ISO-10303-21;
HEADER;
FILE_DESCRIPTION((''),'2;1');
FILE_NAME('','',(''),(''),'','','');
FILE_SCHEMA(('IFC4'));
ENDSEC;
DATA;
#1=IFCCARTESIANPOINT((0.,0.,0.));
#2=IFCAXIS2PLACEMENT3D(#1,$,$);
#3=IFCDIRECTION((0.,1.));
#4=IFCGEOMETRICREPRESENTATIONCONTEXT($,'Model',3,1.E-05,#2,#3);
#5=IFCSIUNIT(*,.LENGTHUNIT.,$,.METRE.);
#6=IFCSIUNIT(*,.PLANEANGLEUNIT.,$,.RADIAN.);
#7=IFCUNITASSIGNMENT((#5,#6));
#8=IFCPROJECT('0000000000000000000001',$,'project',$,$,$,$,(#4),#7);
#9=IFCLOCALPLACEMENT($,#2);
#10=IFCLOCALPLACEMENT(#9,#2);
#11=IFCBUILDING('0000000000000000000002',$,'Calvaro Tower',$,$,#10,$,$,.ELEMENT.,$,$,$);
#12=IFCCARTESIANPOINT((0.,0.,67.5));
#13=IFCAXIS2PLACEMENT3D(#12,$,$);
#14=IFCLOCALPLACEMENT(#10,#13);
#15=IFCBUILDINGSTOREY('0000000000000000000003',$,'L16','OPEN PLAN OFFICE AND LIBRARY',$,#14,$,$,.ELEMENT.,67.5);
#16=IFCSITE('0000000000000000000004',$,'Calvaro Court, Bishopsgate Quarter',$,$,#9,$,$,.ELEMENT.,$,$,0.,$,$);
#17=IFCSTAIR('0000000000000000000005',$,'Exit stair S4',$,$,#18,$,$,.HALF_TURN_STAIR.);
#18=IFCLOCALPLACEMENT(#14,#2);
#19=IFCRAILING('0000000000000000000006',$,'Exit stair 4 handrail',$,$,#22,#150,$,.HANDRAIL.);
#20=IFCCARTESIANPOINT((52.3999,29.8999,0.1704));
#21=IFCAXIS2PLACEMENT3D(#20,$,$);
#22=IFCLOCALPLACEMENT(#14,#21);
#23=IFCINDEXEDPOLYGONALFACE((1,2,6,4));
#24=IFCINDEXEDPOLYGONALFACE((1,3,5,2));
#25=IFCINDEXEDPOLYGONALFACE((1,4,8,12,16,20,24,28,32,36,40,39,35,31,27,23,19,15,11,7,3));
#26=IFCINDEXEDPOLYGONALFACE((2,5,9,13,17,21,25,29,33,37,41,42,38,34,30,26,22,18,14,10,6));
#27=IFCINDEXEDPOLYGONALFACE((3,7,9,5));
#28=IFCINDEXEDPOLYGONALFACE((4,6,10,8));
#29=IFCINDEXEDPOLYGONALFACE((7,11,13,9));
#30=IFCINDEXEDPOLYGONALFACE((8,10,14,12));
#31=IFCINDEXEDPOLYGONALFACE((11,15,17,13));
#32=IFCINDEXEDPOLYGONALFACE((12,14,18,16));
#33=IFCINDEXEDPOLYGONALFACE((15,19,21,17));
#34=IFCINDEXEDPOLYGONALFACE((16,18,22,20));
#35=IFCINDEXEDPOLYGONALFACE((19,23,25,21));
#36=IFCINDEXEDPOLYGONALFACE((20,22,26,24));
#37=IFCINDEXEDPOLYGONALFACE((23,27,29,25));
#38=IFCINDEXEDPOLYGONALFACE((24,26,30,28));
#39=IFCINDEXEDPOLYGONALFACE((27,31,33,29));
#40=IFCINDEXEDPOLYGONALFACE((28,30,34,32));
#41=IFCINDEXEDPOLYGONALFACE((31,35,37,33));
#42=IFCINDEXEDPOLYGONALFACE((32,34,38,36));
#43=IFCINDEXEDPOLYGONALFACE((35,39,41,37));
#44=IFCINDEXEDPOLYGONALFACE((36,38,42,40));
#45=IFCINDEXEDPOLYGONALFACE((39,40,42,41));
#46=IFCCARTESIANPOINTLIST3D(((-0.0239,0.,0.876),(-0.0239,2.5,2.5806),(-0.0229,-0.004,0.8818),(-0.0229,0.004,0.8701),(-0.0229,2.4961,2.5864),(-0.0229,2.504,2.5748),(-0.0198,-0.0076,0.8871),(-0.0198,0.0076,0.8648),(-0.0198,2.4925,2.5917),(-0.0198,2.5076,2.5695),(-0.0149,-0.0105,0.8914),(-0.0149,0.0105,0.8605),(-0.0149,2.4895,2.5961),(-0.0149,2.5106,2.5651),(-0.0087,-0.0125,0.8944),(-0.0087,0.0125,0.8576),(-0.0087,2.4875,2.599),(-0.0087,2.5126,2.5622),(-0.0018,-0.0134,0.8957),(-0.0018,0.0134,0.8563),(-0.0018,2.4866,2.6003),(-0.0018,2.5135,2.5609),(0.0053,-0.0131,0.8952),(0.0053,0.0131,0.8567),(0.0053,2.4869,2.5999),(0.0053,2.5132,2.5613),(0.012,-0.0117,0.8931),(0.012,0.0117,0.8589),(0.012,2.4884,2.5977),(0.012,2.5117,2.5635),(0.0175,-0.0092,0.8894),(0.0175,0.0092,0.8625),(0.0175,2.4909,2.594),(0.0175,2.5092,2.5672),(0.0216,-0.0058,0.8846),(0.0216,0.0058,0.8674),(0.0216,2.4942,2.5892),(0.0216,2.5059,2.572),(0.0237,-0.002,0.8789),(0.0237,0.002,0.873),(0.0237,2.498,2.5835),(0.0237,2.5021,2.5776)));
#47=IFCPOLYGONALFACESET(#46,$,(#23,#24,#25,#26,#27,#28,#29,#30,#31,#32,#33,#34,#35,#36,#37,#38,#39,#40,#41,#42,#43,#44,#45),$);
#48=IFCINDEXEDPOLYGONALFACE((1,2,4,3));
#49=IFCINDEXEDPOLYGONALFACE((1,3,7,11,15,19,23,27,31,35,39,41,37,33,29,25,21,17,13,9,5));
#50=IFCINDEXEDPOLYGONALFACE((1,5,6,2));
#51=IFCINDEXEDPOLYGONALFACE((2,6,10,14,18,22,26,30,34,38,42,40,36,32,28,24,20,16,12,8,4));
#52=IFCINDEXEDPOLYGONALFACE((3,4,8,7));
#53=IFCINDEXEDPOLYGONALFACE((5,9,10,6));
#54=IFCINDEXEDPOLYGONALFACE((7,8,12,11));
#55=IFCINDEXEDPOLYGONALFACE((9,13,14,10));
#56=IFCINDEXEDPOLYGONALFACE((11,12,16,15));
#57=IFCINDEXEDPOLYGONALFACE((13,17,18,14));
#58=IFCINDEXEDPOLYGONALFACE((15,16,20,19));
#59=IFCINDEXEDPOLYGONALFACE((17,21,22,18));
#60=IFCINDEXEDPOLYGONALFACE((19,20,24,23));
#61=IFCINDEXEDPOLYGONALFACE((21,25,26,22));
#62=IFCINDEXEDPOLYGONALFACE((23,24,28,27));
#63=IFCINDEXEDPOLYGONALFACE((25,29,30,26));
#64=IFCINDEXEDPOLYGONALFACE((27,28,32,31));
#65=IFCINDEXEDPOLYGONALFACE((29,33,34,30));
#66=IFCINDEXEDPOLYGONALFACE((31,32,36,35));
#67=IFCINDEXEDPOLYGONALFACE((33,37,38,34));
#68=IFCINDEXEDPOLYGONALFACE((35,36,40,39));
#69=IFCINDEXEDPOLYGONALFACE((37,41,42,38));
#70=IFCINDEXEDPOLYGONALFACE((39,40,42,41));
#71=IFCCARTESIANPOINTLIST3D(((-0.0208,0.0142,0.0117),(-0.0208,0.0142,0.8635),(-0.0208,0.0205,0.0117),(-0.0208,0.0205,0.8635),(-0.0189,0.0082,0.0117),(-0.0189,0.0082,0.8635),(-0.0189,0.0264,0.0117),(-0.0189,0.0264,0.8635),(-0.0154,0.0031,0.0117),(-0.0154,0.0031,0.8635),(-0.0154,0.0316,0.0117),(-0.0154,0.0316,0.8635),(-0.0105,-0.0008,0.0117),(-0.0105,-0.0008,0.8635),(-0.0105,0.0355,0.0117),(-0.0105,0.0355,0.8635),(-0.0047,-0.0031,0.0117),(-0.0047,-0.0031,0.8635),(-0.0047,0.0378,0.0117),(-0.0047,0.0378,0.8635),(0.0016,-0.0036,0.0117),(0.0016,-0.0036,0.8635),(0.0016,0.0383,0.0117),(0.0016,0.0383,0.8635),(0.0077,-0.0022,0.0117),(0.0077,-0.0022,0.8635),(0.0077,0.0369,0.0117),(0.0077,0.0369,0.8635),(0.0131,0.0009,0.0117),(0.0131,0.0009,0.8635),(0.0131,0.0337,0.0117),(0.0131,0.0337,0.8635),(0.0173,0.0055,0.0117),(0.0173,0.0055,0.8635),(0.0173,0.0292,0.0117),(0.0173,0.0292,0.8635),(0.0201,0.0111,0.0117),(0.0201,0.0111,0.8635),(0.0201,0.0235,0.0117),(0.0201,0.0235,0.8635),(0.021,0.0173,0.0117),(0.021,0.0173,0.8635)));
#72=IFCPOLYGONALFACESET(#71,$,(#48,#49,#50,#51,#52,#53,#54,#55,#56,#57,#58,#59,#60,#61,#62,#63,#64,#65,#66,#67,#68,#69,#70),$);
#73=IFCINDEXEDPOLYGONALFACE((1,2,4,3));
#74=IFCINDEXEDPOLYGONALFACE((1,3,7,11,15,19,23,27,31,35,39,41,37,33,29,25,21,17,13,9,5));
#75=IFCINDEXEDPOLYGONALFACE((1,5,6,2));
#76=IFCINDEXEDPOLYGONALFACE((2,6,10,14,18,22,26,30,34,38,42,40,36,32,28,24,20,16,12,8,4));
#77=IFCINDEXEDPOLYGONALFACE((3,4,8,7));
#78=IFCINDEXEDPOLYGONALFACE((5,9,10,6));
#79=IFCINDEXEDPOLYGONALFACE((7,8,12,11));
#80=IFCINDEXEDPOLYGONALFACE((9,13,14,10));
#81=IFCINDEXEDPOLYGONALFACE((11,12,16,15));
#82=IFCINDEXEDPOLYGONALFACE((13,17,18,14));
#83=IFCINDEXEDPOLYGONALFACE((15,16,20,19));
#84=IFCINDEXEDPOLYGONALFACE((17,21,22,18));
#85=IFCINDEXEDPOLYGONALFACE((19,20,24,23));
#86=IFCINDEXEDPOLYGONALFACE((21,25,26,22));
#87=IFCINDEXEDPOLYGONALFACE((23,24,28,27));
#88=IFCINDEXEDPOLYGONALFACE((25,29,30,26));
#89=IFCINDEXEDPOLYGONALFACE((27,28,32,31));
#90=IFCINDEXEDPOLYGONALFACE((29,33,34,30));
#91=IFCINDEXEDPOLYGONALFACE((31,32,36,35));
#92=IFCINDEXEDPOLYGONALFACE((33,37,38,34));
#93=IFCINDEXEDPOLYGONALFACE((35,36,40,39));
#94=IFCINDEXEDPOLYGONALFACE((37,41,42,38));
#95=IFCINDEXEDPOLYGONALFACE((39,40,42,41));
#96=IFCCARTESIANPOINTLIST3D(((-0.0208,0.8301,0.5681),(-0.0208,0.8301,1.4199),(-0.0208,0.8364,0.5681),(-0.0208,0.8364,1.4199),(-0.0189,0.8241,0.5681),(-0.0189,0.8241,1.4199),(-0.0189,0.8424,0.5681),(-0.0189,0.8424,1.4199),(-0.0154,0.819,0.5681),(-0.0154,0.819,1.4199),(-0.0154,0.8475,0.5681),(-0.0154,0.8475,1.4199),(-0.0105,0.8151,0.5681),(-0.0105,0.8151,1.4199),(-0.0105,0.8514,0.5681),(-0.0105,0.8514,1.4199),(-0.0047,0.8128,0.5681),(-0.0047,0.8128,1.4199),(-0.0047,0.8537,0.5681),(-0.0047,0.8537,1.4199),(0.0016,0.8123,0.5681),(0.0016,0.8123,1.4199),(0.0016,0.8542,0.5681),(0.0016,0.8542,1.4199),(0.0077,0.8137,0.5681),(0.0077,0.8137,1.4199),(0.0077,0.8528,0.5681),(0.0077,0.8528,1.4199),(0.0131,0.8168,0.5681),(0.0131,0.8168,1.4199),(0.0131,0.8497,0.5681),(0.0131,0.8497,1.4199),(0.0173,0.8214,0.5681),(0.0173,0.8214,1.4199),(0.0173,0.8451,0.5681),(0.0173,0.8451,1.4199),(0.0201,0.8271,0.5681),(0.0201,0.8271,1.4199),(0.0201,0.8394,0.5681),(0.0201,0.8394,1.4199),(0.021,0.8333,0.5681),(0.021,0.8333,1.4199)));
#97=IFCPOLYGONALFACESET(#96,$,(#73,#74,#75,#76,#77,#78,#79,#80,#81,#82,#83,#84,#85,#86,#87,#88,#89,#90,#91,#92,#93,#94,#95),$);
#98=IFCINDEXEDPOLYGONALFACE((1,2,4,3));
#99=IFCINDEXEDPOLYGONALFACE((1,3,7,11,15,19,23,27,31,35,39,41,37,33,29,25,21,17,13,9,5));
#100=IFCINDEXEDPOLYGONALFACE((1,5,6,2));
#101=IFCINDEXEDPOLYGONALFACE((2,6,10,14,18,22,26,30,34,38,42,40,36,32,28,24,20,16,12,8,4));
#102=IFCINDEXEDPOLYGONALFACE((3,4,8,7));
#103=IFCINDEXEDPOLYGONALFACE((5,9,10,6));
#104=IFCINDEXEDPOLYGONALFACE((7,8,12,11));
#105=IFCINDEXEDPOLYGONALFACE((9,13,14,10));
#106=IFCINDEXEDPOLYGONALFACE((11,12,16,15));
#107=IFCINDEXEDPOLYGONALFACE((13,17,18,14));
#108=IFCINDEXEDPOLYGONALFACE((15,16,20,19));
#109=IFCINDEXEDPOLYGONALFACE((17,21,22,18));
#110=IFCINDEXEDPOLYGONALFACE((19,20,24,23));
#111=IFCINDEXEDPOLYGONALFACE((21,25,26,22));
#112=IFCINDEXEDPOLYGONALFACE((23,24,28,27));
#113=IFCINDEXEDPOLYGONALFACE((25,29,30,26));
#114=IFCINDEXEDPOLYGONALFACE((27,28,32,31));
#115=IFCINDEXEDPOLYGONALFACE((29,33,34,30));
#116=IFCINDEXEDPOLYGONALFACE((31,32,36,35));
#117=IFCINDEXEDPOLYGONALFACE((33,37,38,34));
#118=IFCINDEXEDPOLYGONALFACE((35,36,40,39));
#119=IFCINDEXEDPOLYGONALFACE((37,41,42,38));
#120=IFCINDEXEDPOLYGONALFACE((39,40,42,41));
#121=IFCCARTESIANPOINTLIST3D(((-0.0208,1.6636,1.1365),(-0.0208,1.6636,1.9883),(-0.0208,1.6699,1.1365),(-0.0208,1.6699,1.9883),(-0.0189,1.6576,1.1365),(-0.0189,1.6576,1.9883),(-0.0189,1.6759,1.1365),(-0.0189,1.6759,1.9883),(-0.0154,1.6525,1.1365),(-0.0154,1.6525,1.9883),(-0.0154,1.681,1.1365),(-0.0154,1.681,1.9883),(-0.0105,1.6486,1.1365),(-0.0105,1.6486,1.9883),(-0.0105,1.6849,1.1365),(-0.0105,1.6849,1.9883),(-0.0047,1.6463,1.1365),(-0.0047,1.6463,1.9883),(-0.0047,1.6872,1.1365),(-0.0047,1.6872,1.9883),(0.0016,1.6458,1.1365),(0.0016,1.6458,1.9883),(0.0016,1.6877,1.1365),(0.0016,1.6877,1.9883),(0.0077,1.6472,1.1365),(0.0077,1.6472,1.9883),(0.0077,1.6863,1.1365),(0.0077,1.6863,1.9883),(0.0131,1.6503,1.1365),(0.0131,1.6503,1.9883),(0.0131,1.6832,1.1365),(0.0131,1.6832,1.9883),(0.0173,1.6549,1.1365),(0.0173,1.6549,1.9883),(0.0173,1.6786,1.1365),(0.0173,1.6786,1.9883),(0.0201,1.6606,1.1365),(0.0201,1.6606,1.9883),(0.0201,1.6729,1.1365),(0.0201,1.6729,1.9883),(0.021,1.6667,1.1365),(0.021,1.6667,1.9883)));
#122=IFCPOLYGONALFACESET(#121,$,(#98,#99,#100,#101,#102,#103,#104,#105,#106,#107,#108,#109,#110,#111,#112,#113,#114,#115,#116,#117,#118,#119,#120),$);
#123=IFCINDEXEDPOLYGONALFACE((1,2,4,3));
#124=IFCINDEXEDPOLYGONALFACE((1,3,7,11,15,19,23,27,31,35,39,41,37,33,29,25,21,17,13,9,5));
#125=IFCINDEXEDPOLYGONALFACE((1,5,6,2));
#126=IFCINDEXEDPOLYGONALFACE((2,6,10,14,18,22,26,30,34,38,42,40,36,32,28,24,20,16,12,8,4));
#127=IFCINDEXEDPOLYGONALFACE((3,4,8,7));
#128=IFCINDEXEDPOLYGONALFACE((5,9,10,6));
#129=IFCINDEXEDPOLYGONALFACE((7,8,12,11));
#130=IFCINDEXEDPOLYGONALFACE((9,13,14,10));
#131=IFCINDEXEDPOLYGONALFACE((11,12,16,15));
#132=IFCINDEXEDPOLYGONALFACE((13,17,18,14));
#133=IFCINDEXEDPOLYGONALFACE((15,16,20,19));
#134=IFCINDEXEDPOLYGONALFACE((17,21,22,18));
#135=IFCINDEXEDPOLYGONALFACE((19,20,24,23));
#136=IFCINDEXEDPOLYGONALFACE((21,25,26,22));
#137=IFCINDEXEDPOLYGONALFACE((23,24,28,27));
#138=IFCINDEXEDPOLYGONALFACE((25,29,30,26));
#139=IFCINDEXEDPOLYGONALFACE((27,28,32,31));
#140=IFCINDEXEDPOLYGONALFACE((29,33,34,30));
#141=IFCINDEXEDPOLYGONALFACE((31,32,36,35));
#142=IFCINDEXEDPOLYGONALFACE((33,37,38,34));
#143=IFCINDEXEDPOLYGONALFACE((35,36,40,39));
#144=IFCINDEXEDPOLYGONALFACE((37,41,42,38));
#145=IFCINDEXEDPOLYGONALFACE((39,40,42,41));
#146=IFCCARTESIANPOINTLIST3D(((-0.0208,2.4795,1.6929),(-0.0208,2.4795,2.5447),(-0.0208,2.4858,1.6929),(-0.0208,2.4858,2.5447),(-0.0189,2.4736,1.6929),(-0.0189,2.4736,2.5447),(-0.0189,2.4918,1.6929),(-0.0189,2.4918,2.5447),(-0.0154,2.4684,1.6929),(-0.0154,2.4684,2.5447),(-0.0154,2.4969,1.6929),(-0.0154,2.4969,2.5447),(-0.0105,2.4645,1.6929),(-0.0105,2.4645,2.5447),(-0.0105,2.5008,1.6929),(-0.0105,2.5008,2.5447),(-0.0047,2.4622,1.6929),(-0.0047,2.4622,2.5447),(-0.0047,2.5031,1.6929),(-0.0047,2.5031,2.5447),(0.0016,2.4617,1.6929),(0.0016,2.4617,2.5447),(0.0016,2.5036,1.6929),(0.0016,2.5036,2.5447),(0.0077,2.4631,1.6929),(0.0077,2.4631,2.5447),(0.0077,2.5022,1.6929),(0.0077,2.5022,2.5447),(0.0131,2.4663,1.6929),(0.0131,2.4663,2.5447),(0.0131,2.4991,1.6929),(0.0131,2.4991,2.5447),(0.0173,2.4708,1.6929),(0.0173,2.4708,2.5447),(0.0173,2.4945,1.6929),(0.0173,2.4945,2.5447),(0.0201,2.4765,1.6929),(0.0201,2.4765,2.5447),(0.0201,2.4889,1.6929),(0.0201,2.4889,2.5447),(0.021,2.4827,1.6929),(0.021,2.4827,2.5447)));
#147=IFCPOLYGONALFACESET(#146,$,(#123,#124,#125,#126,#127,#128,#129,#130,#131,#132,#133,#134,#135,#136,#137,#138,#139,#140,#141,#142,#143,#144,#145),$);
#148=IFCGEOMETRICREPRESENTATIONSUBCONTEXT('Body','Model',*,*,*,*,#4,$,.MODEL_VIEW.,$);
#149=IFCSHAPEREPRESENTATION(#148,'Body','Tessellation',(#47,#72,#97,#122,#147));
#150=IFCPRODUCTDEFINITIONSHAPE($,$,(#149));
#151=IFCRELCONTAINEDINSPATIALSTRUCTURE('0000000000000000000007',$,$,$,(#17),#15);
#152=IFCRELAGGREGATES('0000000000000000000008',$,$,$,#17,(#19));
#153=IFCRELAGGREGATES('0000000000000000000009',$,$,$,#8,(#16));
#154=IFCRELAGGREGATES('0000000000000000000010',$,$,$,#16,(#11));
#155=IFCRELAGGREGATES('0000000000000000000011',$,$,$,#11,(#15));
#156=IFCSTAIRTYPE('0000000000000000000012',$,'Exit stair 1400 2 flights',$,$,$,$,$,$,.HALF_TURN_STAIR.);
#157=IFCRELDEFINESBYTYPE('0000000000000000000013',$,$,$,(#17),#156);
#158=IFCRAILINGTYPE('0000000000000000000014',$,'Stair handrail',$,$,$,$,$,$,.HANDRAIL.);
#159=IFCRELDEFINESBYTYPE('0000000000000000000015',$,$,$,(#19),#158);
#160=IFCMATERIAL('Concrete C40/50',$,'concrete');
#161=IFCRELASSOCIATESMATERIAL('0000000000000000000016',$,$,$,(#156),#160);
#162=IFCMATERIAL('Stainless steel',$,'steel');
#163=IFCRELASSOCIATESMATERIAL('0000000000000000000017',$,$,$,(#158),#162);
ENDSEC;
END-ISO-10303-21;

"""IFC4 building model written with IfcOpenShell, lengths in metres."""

from ifc_helpers import new_model, si_unit, direction, frame, origin, origin_2d, place, context, subcontext, project, spatial, circle, extrude, material, type_object, element, aggregate, save


model = new_model("IFC4")

# Units and contexts
model_context = context("Model", 3, precision=1e-05, world=origin(), true_north=direction((0.0, 1.0)))
body_context = subcontext(model_context, "Body", "Model", "MODEL_VIEW")
ifc_project = project(units=[si_unit("LENGTHUNIT", "METRE"), si_unit("PLANEANGLEUNIT", "RADIAN")], contexts=[model_context])

# Site, building, storey
site_placement = place(None, origin())
site = spatial("IfcSite", under=ifc_project, at=site_placement, Name="Calvaro Court, Bishopsgate Quarter", CompositionType="ELEMENT", RefElevation=0.0)
building_placement = place(site_placement, origin())
building = spatial("IfcBuilding", under=site, at=building_placement, Name="Calvaro Tower", CompositionType="ELEMENT")
storey_placement = place(building_placement, frame((0.0, 0.0, 67.5)))
storey = spatial("IfcBuildingStorey", under=building, at=storey_placement, Name="L16", Description="OPEN PLAN OFFICE AND LIBRARY", CompositionType="ELEMENT", Elevation=67.5)

# Stair
ifc_material_1 = material(Name="Concrete C40/50", Category="concrete")
stair_type = type_object("IfcStairType", Name="Exit stair 1400 2 flights", PredefinedType="HALF_TURN_STAIR", material=ifc_material_1)
stair_1_placement = place(storey_placement, origin())
stair_1 = element("IfcStair", 1, at=stair_1_placement, inside=storey, type_object=stair_type, Name="Exit stair S4", PredefinedType="HALF_TURN_STAIR")

# Railing
ifc_material_2 = material(Name="Stainless steel", Category="steel")
railing_type = type_object("IfcRailingType", Name="Stair handrail", PredefinedType="HANDRAIL", material=ifc_material_2)
railing_1_placement = place(storey_placement, frame((52.3999, 29.8999, 0.1704)))
railing_1 = element("IfcRailing", 2, at=railing_1_placement, type_object=railing_type, Name="Exit stair 4 handrail", PredefinedType="HANDRAIL", context=body_context, shape_type="SweptSolid", body=[
    extrude(circle(Radius=0.0239, at=origin_2d()), frame((0.0, 0.0, 0.876), z_axis=(0.0, 0.826221, 0.563347), x_axis=(-1.0, 0.0, 0.0)), (0.0, 0.0, 1.0), 3.0259),
    extrude(circle(Radius=0.021, at=origin_2d()), frame((0.0, 0.0173, 0.0117)), (0.0, 0.0, 1.0), 0.8518),
    extrude(circle(Radius=0.021, at=origin_2d()), frame((0.0, 0.8333, 0.5681)), (0.0, 0.0, 1.0), 0.8518),
    extrude(circle(Radius=0.021, at=origin_2d()), frame((0.0, 1.6667, 1.1365)), (0.0, 0.0, 1.0), 0.8518),
    extrude(circle(Radius=0.021, at=origin_2d()), frame((0.0, 2.4827, 1.6929)), (0.0, 0.0, 1.0), 0.8518),
])
aggregate(stair_1, [railing_1])

save(model, "model.ifc")
